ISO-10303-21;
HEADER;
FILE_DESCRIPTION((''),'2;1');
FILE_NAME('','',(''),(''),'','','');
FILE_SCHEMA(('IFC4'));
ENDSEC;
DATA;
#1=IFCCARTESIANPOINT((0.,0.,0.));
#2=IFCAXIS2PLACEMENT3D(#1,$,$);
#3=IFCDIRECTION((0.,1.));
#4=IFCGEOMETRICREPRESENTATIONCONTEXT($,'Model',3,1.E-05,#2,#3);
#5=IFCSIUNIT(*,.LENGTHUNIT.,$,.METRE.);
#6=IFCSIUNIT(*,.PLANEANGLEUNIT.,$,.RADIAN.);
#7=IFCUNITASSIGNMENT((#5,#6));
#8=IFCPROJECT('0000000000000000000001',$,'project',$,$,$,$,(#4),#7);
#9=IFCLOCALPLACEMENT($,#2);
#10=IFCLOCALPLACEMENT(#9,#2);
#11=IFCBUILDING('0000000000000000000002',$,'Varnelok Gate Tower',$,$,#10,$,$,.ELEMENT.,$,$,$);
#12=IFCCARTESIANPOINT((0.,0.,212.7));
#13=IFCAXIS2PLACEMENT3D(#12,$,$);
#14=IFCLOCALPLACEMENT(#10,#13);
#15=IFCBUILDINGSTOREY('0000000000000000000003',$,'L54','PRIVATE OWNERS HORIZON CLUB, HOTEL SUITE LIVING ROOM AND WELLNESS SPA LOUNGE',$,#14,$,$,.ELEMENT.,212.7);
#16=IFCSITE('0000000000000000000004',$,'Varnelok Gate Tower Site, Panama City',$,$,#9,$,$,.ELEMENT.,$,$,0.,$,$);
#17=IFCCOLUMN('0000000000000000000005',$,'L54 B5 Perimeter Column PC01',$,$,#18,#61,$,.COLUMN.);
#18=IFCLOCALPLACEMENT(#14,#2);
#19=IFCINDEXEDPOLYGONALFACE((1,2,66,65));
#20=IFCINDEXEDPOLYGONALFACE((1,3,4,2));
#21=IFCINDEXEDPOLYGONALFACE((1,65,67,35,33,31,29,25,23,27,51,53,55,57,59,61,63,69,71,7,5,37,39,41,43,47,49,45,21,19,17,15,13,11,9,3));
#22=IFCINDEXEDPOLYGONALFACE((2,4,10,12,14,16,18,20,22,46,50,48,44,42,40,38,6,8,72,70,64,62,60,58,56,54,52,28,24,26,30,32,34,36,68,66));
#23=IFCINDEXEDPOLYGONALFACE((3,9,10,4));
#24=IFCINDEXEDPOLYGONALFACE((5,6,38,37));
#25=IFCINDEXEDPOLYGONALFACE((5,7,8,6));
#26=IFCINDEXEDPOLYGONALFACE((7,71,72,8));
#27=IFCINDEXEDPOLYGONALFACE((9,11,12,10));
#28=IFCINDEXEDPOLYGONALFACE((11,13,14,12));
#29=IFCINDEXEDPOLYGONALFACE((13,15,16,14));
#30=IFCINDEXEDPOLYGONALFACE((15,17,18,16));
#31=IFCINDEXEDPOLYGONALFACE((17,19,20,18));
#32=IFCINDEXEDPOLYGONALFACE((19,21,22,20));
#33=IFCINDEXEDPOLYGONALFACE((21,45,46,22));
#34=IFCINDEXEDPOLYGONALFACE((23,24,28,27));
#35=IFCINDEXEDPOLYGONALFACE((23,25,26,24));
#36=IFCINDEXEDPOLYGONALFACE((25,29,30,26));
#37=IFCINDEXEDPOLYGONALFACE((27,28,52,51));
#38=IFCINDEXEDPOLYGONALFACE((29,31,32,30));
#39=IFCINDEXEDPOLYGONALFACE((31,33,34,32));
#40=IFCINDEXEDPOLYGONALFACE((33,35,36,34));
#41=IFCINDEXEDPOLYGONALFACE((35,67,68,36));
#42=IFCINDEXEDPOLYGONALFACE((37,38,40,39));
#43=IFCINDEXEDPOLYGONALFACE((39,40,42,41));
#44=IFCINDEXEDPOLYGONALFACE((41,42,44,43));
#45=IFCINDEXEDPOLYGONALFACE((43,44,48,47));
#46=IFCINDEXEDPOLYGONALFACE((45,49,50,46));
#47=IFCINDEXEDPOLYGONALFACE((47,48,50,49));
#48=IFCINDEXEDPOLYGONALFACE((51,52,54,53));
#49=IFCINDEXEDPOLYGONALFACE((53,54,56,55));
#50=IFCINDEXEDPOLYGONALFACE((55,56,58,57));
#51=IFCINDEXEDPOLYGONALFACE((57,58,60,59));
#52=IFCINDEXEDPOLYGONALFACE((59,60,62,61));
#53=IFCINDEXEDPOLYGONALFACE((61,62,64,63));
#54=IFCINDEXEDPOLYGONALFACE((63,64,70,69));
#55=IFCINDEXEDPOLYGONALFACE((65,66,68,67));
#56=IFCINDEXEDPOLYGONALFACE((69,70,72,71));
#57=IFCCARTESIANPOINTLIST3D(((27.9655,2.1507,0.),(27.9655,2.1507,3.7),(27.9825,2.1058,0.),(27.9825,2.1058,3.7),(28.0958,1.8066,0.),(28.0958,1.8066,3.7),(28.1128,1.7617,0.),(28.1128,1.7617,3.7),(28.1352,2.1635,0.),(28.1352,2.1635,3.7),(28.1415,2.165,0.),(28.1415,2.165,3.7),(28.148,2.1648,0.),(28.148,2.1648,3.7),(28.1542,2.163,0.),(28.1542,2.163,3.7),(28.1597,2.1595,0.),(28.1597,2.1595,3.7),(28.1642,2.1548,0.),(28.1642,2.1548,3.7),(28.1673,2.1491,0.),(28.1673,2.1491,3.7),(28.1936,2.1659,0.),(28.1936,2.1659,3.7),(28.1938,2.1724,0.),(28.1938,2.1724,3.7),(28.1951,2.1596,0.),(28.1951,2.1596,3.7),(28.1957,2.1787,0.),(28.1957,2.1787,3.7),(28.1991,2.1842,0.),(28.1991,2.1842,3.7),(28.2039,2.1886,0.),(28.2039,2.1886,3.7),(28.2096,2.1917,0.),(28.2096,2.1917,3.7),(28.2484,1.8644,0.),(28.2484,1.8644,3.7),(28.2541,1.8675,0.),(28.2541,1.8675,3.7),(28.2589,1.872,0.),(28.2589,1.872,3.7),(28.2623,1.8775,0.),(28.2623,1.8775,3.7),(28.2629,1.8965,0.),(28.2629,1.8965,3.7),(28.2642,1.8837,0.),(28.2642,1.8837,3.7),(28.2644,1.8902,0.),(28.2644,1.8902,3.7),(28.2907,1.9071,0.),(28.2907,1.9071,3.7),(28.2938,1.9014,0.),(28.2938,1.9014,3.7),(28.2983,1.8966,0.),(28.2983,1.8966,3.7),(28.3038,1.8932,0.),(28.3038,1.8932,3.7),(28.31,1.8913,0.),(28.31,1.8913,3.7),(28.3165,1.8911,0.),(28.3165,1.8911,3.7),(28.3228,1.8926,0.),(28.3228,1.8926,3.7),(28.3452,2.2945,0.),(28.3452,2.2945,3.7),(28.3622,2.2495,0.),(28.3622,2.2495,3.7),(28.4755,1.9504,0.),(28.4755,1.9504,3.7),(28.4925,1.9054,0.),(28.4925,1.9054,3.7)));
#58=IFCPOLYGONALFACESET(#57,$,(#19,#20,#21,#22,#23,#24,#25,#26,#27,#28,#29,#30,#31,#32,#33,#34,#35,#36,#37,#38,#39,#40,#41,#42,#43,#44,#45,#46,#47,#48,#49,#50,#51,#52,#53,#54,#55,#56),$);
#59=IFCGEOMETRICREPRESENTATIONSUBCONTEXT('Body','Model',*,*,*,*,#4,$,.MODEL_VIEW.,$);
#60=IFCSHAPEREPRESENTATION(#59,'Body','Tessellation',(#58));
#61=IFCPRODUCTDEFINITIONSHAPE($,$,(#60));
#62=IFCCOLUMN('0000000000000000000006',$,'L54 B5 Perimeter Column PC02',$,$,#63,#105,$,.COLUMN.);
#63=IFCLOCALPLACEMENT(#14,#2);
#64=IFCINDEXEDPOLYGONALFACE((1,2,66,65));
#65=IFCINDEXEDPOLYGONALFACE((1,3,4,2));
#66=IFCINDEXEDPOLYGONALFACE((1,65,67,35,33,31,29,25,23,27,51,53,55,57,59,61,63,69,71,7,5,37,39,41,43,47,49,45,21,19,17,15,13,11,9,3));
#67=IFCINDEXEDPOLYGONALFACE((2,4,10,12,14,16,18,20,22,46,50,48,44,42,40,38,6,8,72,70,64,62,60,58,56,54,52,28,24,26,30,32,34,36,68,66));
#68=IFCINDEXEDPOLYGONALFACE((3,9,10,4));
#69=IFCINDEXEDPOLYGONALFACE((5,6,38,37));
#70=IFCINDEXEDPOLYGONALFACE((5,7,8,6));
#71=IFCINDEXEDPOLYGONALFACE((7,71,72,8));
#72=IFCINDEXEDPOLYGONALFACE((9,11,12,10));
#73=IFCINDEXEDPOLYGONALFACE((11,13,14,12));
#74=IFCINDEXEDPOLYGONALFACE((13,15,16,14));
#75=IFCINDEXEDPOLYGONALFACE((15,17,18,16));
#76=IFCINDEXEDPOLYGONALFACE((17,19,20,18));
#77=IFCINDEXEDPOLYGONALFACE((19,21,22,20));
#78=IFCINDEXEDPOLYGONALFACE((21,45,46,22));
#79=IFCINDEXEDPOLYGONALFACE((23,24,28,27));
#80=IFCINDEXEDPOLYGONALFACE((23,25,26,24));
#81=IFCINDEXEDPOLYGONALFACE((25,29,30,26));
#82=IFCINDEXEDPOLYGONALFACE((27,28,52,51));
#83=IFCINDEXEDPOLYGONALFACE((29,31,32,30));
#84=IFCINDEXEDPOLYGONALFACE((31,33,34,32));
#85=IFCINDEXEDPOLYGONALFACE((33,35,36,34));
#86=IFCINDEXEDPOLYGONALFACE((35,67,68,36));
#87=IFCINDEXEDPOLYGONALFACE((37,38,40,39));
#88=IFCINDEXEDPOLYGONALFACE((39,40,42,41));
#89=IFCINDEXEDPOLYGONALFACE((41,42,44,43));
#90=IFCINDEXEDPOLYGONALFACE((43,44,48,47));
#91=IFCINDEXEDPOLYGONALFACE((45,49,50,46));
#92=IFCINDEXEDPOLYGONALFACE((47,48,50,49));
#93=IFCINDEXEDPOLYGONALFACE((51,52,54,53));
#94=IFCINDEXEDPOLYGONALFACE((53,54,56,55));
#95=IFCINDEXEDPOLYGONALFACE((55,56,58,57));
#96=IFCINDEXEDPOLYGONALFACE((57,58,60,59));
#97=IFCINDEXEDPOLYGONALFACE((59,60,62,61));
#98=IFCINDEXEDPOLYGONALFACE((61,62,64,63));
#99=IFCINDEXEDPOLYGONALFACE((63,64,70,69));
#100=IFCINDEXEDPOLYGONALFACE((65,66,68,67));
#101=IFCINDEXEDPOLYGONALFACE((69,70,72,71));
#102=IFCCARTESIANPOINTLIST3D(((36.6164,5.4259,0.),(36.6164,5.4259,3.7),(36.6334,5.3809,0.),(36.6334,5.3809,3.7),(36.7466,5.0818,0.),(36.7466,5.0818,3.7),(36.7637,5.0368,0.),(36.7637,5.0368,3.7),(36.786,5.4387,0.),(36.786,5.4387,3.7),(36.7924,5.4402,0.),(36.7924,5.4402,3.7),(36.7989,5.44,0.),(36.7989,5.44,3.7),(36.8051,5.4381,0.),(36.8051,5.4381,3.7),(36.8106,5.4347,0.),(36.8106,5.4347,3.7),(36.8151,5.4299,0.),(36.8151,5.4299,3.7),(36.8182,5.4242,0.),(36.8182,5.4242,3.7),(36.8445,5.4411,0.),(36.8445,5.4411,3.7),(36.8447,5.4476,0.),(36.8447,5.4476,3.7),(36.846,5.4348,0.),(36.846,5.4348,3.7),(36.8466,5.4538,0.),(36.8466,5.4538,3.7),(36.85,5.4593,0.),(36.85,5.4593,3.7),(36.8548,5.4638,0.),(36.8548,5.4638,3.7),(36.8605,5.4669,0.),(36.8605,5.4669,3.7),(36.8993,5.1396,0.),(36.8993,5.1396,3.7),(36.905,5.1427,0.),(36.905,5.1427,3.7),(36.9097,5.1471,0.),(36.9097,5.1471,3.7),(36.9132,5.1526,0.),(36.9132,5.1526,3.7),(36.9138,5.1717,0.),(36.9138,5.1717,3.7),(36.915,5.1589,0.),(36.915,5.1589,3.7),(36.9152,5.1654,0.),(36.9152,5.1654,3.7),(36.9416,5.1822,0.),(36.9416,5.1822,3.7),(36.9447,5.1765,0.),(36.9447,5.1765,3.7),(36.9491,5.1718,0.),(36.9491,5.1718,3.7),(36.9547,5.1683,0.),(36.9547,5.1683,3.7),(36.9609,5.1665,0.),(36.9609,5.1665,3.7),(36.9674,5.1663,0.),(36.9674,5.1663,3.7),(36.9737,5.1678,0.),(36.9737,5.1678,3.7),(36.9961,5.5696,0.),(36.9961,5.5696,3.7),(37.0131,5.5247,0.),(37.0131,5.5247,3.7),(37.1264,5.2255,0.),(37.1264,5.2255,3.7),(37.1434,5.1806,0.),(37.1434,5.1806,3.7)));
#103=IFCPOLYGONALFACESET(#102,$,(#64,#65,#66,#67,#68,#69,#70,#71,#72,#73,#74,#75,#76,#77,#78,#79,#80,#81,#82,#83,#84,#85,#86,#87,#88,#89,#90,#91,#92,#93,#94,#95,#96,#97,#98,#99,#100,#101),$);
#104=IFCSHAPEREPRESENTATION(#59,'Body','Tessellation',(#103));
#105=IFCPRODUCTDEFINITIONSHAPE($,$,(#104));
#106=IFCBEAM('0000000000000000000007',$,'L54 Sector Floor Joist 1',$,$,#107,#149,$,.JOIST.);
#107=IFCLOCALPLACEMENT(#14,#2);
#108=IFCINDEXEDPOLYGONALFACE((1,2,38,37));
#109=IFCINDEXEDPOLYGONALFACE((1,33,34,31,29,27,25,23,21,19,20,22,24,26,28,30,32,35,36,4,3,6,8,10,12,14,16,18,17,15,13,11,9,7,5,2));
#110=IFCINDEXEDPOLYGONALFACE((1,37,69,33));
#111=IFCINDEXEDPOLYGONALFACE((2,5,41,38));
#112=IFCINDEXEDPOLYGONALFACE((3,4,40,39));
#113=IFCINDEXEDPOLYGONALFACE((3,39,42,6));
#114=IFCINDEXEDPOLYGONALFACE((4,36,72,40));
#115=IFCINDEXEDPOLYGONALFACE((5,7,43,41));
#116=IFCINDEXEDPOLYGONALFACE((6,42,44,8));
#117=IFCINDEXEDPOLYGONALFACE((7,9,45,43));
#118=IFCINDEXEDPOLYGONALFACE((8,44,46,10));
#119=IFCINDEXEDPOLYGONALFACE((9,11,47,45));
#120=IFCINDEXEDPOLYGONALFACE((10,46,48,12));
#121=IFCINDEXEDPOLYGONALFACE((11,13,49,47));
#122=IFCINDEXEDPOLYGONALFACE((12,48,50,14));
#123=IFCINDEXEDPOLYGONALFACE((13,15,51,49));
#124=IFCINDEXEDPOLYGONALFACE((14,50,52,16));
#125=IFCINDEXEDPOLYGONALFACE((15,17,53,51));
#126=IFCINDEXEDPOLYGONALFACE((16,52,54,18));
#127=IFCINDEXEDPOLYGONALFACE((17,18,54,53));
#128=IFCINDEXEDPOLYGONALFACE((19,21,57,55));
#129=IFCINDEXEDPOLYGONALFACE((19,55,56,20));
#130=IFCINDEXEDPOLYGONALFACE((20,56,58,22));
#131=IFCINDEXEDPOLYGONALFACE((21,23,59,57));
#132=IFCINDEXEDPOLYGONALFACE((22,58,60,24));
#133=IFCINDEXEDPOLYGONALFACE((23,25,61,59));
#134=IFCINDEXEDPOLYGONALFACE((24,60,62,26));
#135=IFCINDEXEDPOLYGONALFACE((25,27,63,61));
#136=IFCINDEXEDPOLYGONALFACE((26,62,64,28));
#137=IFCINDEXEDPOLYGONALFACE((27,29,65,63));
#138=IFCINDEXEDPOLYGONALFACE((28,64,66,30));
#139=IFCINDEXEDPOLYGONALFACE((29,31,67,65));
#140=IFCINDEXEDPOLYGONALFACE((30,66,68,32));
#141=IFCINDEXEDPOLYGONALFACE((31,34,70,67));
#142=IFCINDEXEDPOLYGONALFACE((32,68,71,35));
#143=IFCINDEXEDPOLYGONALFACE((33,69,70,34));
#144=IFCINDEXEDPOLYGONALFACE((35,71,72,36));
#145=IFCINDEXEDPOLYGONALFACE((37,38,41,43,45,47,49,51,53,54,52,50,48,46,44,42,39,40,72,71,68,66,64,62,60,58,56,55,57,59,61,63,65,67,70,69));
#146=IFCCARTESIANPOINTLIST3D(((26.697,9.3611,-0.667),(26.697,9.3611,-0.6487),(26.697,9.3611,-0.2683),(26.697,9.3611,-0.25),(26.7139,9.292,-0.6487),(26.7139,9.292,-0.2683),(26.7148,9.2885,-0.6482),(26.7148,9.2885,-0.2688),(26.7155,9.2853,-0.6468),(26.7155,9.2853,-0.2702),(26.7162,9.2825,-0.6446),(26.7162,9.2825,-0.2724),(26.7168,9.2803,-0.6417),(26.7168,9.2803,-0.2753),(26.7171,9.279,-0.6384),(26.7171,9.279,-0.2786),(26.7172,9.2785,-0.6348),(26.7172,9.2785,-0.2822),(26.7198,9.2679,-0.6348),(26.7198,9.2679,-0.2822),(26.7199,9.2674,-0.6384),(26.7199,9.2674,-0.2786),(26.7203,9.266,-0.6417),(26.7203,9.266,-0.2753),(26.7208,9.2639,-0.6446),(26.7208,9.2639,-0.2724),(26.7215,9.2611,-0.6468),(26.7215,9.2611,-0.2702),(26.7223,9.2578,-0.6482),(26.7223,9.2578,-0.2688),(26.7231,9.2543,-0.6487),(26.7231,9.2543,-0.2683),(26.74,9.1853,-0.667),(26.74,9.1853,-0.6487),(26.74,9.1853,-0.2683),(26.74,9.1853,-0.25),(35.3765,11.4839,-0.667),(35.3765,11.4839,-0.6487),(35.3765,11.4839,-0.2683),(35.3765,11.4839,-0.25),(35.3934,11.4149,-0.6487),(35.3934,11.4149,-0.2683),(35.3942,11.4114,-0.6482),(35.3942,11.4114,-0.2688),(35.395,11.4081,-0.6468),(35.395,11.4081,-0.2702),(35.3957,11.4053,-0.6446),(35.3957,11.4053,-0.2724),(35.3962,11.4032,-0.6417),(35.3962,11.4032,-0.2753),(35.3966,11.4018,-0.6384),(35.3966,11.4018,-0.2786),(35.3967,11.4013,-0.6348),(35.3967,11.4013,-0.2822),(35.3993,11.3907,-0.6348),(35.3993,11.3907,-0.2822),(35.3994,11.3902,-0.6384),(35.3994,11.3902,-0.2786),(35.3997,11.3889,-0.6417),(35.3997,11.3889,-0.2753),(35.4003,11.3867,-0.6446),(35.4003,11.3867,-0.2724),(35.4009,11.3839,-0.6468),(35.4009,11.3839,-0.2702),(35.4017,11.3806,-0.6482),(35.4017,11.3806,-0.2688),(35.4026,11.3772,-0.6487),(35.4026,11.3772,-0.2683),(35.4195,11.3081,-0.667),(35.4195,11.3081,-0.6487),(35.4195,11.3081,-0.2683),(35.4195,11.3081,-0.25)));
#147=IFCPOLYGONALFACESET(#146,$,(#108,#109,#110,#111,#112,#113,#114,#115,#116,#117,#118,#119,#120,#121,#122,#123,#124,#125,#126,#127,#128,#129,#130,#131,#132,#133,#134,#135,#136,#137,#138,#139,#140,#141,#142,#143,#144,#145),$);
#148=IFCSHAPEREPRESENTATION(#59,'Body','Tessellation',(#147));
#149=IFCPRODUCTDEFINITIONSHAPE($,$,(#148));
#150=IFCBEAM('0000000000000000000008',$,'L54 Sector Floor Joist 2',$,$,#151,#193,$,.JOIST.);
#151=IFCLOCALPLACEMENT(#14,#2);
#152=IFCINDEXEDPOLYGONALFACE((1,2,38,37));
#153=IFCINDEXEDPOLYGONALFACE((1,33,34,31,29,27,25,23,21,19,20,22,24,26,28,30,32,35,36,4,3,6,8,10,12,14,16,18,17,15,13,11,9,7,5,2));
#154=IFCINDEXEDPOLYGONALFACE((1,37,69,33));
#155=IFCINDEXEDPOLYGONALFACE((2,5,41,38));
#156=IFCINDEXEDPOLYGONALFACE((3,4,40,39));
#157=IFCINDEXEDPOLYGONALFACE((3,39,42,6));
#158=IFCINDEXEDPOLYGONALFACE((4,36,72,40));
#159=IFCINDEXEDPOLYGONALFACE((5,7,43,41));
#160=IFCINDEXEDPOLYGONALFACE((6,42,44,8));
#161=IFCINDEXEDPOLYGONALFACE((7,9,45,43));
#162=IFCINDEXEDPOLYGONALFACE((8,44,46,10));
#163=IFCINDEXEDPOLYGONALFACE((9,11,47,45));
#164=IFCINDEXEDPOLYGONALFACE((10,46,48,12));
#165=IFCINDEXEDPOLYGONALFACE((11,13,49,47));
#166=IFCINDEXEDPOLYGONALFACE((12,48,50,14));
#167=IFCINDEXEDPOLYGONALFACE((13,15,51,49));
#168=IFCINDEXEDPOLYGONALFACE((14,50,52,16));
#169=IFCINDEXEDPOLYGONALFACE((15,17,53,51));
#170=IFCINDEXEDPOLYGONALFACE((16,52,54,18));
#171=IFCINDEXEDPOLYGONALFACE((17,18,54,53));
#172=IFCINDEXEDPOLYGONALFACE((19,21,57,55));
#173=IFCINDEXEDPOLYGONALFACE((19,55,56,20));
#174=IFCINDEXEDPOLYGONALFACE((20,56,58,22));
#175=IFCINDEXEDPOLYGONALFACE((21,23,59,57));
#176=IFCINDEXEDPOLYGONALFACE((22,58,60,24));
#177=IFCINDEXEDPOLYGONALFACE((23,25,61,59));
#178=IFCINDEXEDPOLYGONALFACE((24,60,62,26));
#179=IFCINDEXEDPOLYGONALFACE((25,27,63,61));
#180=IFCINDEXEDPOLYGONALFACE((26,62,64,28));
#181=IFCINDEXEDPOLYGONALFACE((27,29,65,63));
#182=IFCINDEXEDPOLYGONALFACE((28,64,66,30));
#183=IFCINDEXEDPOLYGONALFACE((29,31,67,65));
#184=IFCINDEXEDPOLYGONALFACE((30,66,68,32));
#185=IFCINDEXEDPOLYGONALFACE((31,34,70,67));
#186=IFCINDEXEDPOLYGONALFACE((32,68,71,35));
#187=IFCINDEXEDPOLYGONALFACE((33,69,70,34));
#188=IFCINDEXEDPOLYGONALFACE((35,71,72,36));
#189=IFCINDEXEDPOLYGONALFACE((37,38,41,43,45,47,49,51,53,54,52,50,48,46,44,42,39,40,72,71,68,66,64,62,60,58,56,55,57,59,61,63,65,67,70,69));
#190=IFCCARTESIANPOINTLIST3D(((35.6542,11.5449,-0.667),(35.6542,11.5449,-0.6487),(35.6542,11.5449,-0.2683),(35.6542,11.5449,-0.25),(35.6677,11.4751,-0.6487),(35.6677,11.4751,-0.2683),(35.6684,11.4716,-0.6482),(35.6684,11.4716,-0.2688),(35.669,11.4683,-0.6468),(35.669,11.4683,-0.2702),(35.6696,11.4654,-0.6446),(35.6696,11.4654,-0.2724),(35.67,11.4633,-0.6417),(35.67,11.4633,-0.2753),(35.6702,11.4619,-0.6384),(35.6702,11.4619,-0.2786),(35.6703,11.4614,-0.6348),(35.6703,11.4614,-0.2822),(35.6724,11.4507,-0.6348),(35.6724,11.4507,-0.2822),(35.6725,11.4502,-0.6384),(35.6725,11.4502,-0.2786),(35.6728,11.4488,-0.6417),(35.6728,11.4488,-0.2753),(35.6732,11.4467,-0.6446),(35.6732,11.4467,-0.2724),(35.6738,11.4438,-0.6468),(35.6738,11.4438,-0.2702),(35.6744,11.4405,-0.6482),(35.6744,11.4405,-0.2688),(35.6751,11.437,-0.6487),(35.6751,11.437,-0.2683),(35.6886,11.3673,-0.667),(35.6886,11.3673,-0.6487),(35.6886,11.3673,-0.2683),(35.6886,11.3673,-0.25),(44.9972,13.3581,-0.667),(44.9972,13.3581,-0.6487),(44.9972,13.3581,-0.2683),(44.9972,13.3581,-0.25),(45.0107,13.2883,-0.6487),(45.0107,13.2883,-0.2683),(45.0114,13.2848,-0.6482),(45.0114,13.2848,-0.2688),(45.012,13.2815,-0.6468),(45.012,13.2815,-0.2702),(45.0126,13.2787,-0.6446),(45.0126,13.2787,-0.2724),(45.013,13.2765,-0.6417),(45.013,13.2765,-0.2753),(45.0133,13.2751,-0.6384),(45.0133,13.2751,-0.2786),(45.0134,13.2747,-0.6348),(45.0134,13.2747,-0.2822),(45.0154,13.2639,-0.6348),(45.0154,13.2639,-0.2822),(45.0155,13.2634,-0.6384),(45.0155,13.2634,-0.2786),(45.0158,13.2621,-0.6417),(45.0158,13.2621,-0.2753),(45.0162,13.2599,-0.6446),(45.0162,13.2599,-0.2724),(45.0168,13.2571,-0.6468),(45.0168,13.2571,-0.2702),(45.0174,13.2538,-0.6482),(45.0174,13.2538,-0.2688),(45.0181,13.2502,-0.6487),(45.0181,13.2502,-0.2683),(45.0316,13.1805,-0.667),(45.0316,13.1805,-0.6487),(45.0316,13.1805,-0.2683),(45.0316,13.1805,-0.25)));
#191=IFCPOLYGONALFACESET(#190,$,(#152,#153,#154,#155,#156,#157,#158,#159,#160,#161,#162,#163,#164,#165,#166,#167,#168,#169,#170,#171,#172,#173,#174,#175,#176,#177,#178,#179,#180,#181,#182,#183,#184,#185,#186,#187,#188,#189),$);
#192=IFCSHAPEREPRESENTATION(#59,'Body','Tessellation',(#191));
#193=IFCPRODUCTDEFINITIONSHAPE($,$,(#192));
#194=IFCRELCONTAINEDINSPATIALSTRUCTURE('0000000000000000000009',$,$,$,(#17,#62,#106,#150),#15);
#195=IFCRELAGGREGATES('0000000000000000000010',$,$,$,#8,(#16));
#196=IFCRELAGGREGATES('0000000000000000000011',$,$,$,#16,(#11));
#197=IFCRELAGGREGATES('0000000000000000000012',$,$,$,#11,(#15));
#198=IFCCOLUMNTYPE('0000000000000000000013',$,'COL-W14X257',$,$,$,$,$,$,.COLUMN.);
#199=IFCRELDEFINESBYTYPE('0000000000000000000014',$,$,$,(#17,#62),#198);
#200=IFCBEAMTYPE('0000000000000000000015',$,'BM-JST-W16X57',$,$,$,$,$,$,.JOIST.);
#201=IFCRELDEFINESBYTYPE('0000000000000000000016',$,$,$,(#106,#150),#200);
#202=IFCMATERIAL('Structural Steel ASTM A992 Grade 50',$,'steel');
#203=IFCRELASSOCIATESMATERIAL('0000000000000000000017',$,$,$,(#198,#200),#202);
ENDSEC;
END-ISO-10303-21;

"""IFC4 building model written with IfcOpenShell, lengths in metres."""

from ifc_helpers import new_model, si_unit, direction, frame, origin, origin_2d, place, context, subcontext, project, spatial, i_section, extrude, material, material_profile, profile_set, type_object, element, save


model = new_model("IFC4")

# Units and contexts
model_context = context("Model", 3, precision=1e-05, world=origin(), true_north=direction((0.0, 1.0)))
body_context = subcontext(model_context, "Body", "Model", "MODEL_VIEW")
ifc_project = project(units=[si_unit("LENGTHUNIT", "METRE"), si_unit("PLANEANGLEUNIT", "RADIAN")], contexts=[model_context])

# Site, building, storey
site_placement = place(None, origin())
site = spatial("IfcSite", under=ifc_project, at=site_placement, Name="Varnelok Gate Tower Site, Panama City", CompositionType="ELEMENT", RefElevation=0.0)
building_placement = place(site_placement, origin())
building = spatial("IfcBuilding", under=site, at=building_placement, Name="Varnelok Gate Tower", CompositionType="ELEMENT")
storey_placement = place(building_placement, frame((0.0, 0.0, 212.7)))
storey = spatial("IfcBuildingStorey", under=building, at=storey_placement, Name="L54", Description="PRIVATE OWNERS HORIZON CLUB, HOTEL SUITE LIVING ROOM AND WELLNESS SPA LOUNGE", CompositionType="ELEMENT", Elevation=212.7)

# Columns
ifc_material_1 = material(Name="Structural Steel ASTM A992 Grade 50", Category="steel")
ifc_material_profile_1 = material_profile(ifc_material_1, i_section(OverallWidth=0.406, OverallDepth=0.416, WebThickness=0.0298, FlangeThickness=0.0481, FilletRadius=0.0249, at=origin_2d()), Name="W14X257")
ifc_profile_set_1 = profile_set([ifc_material_profile_1], Name="Structural Steel ASTM A992 Grade 50")
column_type = type_object("IfcColumnType", Name="COL-W14X257", PredefinedType="COLUMN", material=ifc_profile_set_1)
for number, where, z_axis, x_axis, name in (
    (1, (28.229, 2.0281, 0.0), (0.0, 0.0, 1.0), (0.935222, 0.354063, 0.0), "L54 B5 Perimeter Column PC01"),
    (2, (36.8799, 5.3032, 0.0), (0.0, 0.0, 1.0), (0.935222, 0.354063, 0.0), "L54 B5 Perimeter Column PC02"),
):
    element("IfcColumn", number, at=place(storey_placement, frame(where, z_axis=z_axis, x_axis=x_axis)), inside=storey, type_object=column_type, Name=name, PredefinedType="COLUMN", context=body_context, shape_type="SweptSolid", body=[
        extrude(i_section(OverallWidth=0.406, OverallDepth=0.416, WebThickness=0.0298, FlangeThickness=0.0481, FilletRadius=0.0249, at=origin_2d()), origin(), (0.0, 0.0, 1.0), 3.7),
    ])

# Beams
ifc_material_profile_2 = material_profile(ifc_material_1, i_section(OverallWidth=0.1809, OverallDepth=0.417, WebThickness=0.011, FlangeThickness=0.0183, FilletRadius=0.0139, at=origin_2d()), Name="W16X57")
ifc_profile_set_2 = profile_set([ifc_material_profile_2], Name="Structural Steel ASTM A992 Grade 50")
beam_type_1 = type_object("IfcBeamType", Name="BM-JST-W16X57", PredefinedType="JOIST", material=ifc_profile_set_2)
beam_1_placement = place(storey_placement, frame((26.7185, 9.2732, -0.4585), z_axis=(0.971369, 0.237576, 0.0), x_axis=(-0.237576, 0.971369, 0.0)))
element("IfcBeam", 3, at=beam_1_placement, inside=storey, type_object=beam_type_1, Name="L54 Sector Floor Joist 1", PredefinedType="JOIST", context=body_context, shape_type="SweptSolid", body=[
    extrude(i_section(OverallWidth=0.1809, OverallDepth=0.417, WebThickness=0.011, FlangeThickness=0.0183, FilletRadius=0.0139, at=origin_2d()), origin(), (0.0, 0.0, 1.0), 8.9353),
])
beam_2_placement = place(storey_placement, frame((35.6714, 11.4561, -0.4585), z_axis=(0.981684, 0.190519, 0.0), x_axis=(-0.190519, 0.981684, 0.0)))
element("IfcBeam", 4, at=beam_2_placement, inside=storey, type_object=beam_type_1, Name="L54 Sector Floor Joist 2", PredefinedType="JOIST", context=body_context, shape_type="SweptSolid", body=[
    extrude(i_section(OverallWidth=0.1809, OverallDepth=0.417, WebThickness=0.011, FlangeThickness=0.0183, FilletRadius=0.0139, at=origin_2d()), origin(), (0.0, 0.0, 1.0), 9.5173),
])

save(model, "model.ifc")
